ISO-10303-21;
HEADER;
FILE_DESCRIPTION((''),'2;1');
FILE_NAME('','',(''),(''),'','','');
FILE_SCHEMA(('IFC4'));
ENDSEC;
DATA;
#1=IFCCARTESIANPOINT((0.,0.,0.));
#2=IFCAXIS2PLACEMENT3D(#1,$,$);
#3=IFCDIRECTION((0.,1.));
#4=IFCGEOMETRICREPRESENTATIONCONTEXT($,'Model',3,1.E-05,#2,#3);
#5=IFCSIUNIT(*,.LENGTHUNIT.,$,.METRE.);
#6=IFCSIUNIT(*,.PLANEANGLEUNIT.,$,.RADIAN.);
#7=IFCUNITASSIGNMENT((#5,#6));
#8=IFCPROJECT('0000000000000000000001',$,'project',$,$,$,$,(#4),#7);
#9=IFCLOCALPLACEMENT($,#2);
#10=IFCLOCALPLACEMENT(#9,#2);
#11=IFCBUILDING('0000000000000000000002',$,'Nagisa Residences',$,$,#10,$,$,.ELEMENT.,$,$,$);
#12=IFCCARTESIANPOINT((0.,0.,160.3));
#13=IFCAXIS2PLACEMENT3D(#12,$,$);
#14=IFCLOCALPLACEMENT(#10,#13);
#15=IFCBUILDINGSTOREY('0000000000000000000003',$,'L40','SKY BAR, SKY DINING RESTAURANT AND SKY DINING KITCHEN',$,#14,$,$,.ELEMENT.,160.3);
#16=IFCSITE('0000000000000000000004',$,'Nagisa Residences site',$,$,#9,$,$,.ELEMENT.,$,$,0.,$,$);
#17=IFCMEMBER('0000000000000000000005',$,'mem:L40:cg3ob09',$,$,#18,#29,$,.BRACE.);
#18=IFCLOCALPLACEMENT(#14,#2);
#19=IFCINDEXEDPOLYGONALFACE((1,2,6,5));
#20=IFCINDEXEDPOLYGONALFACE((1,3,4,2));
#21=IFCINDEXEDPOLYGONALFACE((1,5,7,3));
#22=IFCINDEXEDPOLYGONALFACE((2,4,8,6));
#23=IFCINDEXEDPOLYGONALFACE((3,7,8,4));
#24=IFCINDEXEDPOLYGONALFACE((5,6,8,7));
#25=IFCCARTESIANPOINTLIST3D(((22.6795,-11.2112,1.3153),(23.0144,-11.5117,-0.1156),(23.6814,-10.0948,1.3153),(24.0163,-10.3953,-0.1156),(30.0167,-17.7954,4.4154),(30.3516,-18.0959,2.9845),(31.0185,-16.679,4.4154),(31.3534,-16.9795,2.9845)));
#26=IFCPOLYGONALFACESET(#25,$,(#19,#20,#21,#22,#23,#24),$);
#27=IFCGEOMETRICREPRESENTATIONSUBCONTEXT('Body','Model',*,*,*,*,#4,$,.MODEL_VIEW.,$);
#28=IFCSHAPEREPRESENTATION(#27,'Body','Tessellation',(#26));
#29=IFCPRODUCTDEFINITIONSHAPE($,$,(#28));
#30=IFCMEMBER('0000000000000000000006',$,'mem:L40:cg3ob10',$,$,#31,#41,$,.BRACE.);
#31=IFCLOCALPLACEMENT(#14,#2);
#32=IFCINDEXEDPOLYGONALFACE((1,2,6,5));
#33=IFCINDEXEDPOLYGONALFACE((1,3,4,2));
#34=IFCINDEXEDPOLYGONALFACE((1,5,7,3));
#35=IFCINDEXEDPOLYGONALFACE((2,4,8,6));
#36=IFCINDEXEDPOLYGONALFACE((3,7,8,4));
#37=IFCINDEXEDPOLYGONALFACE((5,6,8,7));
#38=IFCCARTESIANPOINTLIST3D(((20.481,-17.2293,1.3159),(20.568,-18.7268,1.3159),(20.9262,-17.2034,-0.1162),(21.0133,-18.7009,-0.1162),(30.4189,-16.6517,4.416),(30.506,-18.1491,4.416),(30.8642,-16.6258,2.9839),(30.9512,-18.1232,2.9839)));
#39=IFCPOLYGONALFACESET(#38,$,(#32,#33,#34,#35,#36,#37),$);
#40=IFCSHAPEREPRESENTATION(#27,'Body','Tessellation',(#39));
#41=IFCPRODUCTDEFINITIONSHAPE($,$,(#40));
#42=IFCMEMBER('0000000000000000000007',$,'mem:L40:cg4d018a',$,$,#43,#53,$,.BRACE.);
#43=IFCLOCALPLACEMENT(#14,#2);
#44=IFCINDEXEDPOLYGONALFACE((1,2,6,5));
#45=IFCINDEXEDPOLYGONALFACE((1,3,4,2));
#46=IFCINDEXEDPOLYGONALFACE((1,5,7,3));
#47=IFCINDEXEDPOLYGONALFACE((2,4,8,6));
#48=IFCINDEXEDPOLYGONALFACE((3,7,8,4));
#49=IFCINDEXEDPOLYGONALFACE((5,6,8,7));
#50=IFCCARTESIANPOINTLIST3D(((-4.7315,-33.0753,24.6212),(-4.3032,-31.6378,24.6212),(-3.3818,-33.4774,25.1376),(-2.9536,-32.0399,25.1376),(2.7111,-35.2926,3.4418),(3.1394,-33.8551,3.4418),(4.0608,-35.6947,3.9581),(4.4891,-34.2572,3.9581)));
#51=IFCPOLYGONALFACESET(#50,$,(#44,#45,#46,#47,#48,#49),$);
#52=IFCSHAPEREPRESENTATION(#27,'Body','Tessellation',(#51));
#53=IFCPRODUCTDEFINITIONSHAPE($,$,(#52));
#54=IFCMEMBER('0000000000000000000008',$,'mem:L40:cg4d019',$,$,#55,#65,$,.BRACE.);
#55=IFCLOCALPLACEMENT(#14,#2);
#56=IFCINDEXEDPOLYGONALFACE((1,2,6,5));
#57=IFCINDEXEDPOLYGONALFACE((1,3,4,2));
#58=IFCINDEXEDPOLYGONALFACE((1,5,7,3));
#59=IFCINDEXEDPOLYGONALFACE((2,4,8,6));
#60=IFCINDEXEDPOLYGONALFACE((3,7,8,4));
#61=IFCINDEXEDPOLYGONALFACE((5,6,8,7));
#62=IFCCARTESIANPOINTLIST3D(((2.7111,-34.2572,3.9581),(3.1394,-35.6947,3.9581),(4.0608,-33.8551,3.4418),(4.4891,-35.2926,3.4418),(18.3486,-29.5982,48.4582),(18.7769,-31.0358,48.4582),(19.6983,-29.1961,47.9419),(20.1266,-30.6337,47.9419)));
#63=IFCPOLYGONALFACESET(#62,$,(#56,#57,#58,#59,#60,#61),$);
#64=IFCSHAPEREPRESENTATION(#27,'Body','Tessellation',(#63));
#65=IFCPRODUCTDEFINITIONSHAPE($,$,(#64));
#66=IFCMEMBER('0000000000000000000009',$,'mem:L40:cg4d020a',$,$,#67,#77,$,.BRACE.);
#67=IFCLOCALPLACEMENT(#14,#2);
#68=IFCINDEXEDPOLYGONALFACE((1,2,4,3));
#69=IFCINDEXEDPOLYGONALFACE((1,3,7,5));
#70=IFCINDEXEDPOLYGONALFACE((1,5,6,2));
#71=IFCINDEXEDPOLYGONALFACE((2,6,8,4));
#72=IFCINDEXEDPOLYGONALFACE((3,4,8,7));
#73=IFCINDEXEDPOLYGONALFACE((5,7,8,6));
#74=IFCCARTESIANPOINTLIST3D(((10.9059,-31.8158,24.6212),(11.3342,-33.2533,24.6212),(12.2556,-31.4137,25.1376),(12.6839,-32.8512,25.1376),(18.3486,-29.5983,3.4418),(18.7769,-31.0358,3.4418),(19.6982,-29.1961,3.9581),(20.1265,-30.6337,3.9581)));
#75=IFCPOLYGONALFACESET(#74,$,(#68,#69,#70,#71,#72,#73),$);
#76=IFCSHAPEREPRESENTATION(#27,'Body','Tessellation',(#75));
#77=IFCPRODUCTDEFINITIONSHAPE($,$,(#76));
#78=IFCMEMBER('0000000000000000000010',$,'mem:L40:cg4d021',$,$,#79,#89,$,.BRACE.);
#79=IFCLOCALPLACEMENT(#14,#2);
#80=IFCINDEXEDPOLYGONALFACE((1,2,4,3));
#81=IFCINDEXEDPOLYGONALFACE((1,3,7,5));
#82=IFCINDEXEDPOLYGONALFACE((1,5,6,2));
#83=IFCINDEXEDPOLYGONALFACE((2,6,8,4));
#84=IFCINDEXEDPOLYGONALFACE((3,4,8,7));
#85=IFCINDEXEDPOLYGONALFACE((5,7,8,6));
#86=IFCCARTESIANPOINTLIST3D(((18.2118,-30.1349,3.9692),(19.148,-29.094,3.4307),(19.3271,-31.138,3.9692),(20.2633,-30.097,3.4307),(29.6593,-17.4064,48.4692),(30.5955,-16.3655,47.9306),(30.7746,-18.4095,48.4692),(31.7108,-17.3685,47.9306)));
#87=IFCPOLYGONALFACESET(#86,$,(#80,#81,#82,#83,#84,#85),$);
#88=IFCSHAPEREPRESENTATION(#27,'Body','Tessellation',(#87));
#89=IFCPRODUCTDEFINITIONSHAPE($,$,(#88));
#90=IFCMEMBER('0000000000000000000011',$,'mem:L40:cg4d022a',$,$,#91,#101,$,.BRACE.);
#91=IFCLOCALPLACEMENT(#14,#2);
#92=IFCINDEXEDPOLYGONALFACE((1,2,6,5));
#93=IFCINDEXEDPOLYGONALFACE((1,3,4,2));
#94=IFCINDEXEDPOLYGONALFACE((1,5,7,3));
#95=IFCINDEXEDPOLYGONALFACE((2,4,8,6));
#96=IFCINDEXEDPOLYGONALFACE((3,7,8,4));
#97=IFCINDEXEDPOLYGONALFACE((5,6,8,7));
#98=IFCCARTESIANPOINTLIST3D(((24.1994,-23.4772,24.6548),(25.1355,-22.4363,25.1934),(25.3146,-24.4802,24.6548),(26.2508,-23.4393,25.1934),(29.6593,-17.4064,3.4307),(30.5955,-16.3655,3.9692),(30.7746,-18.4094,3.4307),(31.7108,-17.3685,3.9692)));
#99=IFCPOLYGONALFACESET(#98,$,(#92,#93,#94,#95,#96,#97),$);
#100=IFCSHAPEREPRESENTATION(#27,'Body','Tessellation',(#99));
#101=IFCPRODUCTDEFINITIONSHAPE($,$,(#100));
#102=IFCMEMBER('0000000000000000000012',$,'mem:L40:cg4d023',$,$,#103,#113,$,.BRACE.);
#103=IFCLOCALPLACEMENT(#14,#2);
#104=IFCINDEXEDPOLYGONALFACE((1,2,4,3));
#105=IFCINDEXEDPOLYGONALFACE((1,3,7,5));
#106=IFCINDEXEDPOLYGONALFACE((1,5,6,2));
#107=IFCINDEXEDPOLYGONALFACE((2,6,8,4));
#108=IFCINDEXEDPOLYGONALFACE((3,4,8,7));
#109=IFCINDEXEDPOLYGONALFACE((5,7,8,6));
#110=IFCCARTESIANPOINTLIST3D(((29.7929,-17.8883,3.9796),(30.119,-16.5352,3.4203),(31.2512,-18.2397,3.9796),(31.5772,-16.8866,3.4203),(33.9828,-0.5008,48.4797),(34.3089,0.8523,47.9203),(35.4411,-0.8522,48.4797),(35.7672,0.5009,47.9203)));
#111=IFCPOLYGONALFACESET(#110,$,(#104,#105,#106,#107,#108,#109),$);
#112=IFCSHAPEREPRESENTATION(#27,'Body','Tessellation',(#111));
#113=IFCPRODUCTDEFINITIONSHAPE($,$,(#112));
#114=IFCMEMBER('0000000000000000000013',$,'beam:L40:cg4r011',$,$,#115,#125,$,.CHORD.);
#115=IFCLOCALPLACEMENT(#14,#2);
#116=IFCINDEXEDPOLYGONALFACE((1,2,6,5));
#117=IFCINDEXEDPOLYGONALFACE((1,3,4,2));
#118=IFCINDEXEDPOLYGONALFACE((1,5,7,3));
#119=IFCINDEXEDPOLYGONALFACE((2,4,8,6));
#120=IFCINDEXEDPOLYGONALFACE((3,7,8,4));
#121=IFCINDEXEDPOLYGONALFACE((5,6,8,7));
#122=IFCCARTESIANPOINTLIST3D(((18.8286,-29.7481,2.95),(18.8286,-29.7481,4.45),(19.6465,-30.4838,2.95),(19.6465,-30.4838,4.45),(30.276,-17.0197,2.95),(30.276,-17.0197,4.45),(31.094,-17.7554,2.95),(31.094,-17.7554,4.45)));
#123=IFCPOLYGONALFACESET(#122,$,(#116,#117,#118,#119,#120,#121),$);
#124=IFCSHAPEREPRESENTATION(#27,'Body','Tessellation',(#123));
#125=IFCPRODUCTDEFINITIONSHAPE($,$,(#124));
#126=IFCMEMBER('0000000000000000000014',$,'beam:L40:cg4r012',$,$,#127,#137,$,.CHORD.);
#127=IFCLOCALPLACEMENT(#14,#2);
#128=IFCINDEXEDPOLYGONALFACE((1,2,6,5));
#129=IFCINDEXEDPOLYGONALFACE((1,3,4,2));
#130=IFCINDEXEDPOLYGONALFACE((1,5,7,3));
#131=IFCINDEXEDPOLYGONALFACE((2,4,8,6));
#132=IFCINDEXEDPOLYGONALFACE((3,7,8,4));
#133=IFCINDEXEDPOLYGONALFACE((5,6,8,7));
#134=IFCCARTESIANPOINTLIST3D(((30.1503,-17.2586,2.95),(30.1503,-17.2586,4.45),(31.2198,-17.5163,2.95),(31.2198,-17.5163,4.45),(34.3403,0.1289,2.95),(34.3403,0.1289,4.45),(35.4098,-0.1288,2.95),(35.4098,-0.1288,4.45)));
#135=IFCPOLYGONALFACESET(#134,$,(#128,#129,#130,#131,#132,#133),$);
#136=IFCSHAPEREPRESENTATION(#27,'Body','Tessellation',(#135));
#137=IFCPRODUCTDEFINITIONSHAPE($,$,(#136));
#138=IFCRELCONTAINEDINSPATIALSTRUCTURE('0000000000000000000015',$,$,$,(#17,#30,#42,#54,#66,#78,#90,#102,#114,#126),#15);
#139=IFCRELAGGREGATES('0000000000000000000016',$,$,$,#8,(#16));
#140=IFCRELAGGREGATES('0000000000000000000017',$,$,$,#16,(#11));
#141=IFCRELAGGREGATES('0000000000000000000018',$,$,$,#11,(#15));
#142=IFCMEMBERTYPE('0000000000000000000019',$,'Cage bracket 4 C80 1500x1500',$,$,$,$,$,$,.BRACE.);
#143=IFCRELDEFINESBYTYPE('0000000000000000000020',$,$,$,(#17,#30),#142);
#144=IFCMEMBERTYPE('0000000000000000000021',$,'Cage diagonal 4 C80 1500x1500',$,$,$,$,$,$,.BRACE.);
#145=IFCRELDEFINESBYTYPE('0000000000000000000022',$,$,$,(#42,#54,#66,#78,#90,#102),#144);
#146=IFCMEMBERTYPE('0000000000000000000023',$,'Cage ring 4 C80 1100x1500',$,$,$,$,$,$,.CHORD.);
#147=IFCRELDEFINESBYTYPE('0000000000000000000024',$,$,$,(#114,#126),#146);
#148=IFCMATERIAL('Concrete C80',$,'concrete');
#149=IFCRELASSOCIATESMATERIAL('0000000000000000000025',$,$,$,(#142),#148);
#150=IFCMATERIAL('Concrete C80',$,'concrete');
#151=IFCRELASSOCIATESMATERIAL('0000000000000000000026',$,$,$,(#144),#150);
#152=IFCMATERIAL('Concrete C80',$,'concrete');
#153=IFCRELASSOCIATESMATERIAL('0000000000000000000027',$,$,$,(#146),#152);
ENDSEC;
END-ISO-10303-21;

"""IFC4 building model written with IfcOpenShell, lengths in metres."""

from ifc_helpers import new_model, si_unit, direction, frame, origin, origin_2d, place, context, subcontext, project, spatial, rectangle, extrude, material, material_profile, profile_set, type_object, element, save


model = new_model("IFC4")

# Units and contexts
model_context = context("Model", 3, precision=1e-05, world=origin(), true_north=direction((0.0, 1.0)))
body_context = subcontext(model_context, "Body", "Model", "MODEL_VIEW")
ifc_project = project(units=[si_unit("LENGTHUNIT", "METRE"), si_unit("PLANEANGLEUNIT", "RADIAN")], contexts=[model_context])

# Site, building, storey
site_placement = place(None, origin())
site = spatial("IfcSite", under=ifc_project, at=site_placement, Name="Nagisa Residences site", CompositionType="ELEMENT", RefElevation=0.0)
building_placement = place(site_placement, origin())
building = spatial("IfcBuilding", under=site, at=building_placement, Name="Nagisa Residences", CompositionType="ELEMENT")
storey_placement = place(building_placement, frame((0.0, 0.0, 160.3)))
storey = spatial("IfcBuildingStorey", under=building, at=storey_placement, Name="L40", Description="SKY BAR, SKY DINING RESTAURANT AND SKY DINING KITCHEN", CompositionType="ELEMENT", Elevation=160.3)

# Members
ifc_material_1 = material(Name="Concrete C80", Category="concrete")
ifc_material_profile_1 = material_profile(ifc_material_1, rectangle(XDim=1.5, YDim=1.5, at=origin_2d()), Name="C80 1500x1500")
ifc_profile_set_1 = profile_set([ifc_material_profile_1], Name="Concrete C80")
member_type_1 = type_object("IfcMemberType", Name="Cage bracket 4 C80 1500x1500", PredefinedType="BRACE", material=ifc_profile_set_1)
member_1_placement = place(storey_placement, frame((30.6851, -17.3875, 3.7), z_axis=(-0.709985, 0.637127, -0.299983), x_axis=(-0.667887, -0.744262, 0.0)))
element("IfcMember", 1, at=member_1_placement, inside=storey, type_object=member_type_1, Name="mem:L40:cg3ob09", PredefinedType="BRACE", context=body_context, shape_type="SweptSolid", body=[
    extrude(rectangle(XDim=1.5, YDim=1.5, at=origin_2d()), origin(), (0.0, 0.0, 1.0), 10.3342),
])
member_2_placement = place(storey_placement, frame((30.6851, -17.3875, 3.7), z_axis=(-0.953165, -0.055402, -0.297334), x_axis=(0.058026, -0.998315, 0.0)))
element("IfcMember", 2, at=member_2_placement, inside=storey, type_object=member_type_1, Name="mem:L40:cg3ob10", PredefinedType="BRACE", context=body_context, shape_type="SweptSolid", body=[
    extrude(rectangle(XDim=1.5, YDim=1.5, at=origin_2d()), origin(), (0.0, 0.0, 1.0), 10.4263),
])
ifc_material_2 = material(Name="Concrete C80", Category="concrete")
ifc_material_profile_2 = material_profile(ifc_material_2, rectangle(XDim=1.5, YDim=1.5, at=origin_2d()), Name="C80 1500x1500")
ifc_profile_set_2 = profile_set([ifc_material_profile_2], Name="Concrete C80")
member_type_2 = type_object("IfcMemberType", Name="Cage diagonal 4 C80 1500x1500", PredefinedType="BRACE", material=ifc_profile_set_2)
member_3_placement = place(storey_placement, frame((3.6001, -34.7749, 3.7), z_axis=(-0.329928, 0.098291, 0.938875), x_axis=(-0.285516, -0.958374, 0.0)))
element("IfcMember", 3, at=member_3_placement, inside=storey, type_object=member_type_2, Name="mem:L40:cg4d018a", PredefinedType="BRACE", context=body_context, shape_type="SweptSolid", body=[
    extrude(rectangle(XDim=1.5, YDim=1.5, at=origin_2d()), origin(), (0.0, 0.0, 1.0), 22.5583),
])
member_4_placement = place(storey_placement, frame((3.6001, -34.7749, 3.7), z_axis=(0.329924, 0.098296, 0.938876), x_axis=(-0.285531, 0.958369, 0.0)))
element("IfcMember", 4, at=member_4_placement, inside=storey, type_object=member_type_2, Name="mem:L40:cg4d019", PredefinedType="BRACE", context=body_context, shape_type="SweptSolid", body=[
    extrude(rectangle(XDim=1.5, YDim=1.5, at=origin_2d()), origin(), (0.0, 0.0, 1.0), 47.3972),
])
member_5_placement = place(storey_placement, frame((19.2375, -30.116, 3.7), z_axis=(-0.329928, -0.098302, 0.938874), x_axis=(0.285545, -0.958365, 0.0)))
element("IfcMember", 5, at=member_5_placement, inside=storey, type_object=member_type_2, Name="mem:L40:cg4d020a", PredefinedType="BRACE", context=body_context, shape_type="SweptSolid", body=[
    extrude(rectangle(XDim=1.5, YDim=1.5, at=origin_2d()), origin(), (0.0, 0.0, 1.0), 22.5583),
])
member_6_placement = place(storey_placement, frame((19.2375, -30.116, 3.7), z_axis=(0.240094, 0.266961, 0.93332), x_axis=(-0.743531, 0.668702, 0.0)))
element("IfcMember", 6, at=member_6_placement, inside=storey, type_object=member_type_2, Name="mem:L40:cg4d021", PredefinedType="BRACE", context=body_context, shape_type="SweptSolid", body=[
    extrude(rectangle(XDim=1.5, YDim=1.5, at=origin_2d()), origin(), (0.0, 0.0, 1.0), 47.6792),
])
member_7_placement = place(storey_placement, frame((30.6851, -17.3875, 3.7), z_axis=(-0.240099, -0.26696, 0.933319), x_axis=(0.743523, -0.66871, 0.0)))
element("IfcMember", 7, at=member_7_placement, inside=storey, type_object=member_type_2, Name="mem:L40:cg4d022a", PredefinedType="BRACE", context=body_context, shape_type="SweptSolid", body=[
    extrude(rectangle(XDim=1.5, YDim=1.5, at=origin_2d()), origin(), (0.0, 0.0, 1.0), 22.7405),
])
member_8_placement = place(storey_placement, frame((30.6851, -17.3875, 3.7), z_axis=(0.087364, 0.362543, 0.927863), x_axis=(-0.972172, 0.234269, 0.0)))
element("IfcMember", 8, at=member_8_placement, inside=storey, type_object=member_type_2, Name="mem:L40:cg4d023", PredefinedType="BRACE", context=body_context, shape_type="SweptSolid", body=[
    extrude(rectangle(XDim=1.5, YDim=1.5, at=origin_2d()), origin(), (0.0, 0.0, 1.0), 47.9597),
])
ifc_material_3 = material(Name="Concrete C80", Category="concrete")
ifc_material_profile_3 = material_profile(ifc_material_3, rectangle(XDim=1.1001, YDim=1.5, at=origin_2d()), Name="C80 1100x1500")
ifc_profile_set_3 = profile_set([ifc_material_profile_3], Name="Concrete C80")
member_type_3 = type_object("IfcMemberType", Name="Cage ring 4 C80 1100x1500", PredefinedType="CHORD", material=ifc_profile_set_3)
member_9_placement = place(storey_placement, frame((19.2375, -30.116, 3.7), z_axis=(0.668702, 0.743531, 0.0), x_axis=(-0.743531, 0.668702, 0.0)))
element("IfcMember", 9, at=member_9_placement, inside=storey, type_object=member_type_3, Name="beam:L40:cg4r011", PredefinedType="CHORD", context=body_context, shape_type="SweptSolid", body=[
    extrude(rectangle(XDim=1.1001, YDim=1.5, at=origin_2d()), origin(), (0.0, 0.0, 1.0), 17.1189),
])
member_10_placement = place(storey_placement, frame((30.6851, -17.3875, 3.7), z_axis=(0.234269, 0.972172, 0.0), x_axis=(-0.972172, 0.234269, 0.0)))
element("IfcMember", 10, at=member_10_placement, inside=storey, type_object=member_type_3, Name="beam:L40:cg4r012", PredefinedType="CHORD", context=body_context, shape_type="SweptSolid", body=[
    extrude(rectangle(XDim=1.1001, YDim=1.5, at=origin_2d()), origin(), (0.0, 0.0, 1.0), 17.8853),
])

save(model, "model.ifc")
